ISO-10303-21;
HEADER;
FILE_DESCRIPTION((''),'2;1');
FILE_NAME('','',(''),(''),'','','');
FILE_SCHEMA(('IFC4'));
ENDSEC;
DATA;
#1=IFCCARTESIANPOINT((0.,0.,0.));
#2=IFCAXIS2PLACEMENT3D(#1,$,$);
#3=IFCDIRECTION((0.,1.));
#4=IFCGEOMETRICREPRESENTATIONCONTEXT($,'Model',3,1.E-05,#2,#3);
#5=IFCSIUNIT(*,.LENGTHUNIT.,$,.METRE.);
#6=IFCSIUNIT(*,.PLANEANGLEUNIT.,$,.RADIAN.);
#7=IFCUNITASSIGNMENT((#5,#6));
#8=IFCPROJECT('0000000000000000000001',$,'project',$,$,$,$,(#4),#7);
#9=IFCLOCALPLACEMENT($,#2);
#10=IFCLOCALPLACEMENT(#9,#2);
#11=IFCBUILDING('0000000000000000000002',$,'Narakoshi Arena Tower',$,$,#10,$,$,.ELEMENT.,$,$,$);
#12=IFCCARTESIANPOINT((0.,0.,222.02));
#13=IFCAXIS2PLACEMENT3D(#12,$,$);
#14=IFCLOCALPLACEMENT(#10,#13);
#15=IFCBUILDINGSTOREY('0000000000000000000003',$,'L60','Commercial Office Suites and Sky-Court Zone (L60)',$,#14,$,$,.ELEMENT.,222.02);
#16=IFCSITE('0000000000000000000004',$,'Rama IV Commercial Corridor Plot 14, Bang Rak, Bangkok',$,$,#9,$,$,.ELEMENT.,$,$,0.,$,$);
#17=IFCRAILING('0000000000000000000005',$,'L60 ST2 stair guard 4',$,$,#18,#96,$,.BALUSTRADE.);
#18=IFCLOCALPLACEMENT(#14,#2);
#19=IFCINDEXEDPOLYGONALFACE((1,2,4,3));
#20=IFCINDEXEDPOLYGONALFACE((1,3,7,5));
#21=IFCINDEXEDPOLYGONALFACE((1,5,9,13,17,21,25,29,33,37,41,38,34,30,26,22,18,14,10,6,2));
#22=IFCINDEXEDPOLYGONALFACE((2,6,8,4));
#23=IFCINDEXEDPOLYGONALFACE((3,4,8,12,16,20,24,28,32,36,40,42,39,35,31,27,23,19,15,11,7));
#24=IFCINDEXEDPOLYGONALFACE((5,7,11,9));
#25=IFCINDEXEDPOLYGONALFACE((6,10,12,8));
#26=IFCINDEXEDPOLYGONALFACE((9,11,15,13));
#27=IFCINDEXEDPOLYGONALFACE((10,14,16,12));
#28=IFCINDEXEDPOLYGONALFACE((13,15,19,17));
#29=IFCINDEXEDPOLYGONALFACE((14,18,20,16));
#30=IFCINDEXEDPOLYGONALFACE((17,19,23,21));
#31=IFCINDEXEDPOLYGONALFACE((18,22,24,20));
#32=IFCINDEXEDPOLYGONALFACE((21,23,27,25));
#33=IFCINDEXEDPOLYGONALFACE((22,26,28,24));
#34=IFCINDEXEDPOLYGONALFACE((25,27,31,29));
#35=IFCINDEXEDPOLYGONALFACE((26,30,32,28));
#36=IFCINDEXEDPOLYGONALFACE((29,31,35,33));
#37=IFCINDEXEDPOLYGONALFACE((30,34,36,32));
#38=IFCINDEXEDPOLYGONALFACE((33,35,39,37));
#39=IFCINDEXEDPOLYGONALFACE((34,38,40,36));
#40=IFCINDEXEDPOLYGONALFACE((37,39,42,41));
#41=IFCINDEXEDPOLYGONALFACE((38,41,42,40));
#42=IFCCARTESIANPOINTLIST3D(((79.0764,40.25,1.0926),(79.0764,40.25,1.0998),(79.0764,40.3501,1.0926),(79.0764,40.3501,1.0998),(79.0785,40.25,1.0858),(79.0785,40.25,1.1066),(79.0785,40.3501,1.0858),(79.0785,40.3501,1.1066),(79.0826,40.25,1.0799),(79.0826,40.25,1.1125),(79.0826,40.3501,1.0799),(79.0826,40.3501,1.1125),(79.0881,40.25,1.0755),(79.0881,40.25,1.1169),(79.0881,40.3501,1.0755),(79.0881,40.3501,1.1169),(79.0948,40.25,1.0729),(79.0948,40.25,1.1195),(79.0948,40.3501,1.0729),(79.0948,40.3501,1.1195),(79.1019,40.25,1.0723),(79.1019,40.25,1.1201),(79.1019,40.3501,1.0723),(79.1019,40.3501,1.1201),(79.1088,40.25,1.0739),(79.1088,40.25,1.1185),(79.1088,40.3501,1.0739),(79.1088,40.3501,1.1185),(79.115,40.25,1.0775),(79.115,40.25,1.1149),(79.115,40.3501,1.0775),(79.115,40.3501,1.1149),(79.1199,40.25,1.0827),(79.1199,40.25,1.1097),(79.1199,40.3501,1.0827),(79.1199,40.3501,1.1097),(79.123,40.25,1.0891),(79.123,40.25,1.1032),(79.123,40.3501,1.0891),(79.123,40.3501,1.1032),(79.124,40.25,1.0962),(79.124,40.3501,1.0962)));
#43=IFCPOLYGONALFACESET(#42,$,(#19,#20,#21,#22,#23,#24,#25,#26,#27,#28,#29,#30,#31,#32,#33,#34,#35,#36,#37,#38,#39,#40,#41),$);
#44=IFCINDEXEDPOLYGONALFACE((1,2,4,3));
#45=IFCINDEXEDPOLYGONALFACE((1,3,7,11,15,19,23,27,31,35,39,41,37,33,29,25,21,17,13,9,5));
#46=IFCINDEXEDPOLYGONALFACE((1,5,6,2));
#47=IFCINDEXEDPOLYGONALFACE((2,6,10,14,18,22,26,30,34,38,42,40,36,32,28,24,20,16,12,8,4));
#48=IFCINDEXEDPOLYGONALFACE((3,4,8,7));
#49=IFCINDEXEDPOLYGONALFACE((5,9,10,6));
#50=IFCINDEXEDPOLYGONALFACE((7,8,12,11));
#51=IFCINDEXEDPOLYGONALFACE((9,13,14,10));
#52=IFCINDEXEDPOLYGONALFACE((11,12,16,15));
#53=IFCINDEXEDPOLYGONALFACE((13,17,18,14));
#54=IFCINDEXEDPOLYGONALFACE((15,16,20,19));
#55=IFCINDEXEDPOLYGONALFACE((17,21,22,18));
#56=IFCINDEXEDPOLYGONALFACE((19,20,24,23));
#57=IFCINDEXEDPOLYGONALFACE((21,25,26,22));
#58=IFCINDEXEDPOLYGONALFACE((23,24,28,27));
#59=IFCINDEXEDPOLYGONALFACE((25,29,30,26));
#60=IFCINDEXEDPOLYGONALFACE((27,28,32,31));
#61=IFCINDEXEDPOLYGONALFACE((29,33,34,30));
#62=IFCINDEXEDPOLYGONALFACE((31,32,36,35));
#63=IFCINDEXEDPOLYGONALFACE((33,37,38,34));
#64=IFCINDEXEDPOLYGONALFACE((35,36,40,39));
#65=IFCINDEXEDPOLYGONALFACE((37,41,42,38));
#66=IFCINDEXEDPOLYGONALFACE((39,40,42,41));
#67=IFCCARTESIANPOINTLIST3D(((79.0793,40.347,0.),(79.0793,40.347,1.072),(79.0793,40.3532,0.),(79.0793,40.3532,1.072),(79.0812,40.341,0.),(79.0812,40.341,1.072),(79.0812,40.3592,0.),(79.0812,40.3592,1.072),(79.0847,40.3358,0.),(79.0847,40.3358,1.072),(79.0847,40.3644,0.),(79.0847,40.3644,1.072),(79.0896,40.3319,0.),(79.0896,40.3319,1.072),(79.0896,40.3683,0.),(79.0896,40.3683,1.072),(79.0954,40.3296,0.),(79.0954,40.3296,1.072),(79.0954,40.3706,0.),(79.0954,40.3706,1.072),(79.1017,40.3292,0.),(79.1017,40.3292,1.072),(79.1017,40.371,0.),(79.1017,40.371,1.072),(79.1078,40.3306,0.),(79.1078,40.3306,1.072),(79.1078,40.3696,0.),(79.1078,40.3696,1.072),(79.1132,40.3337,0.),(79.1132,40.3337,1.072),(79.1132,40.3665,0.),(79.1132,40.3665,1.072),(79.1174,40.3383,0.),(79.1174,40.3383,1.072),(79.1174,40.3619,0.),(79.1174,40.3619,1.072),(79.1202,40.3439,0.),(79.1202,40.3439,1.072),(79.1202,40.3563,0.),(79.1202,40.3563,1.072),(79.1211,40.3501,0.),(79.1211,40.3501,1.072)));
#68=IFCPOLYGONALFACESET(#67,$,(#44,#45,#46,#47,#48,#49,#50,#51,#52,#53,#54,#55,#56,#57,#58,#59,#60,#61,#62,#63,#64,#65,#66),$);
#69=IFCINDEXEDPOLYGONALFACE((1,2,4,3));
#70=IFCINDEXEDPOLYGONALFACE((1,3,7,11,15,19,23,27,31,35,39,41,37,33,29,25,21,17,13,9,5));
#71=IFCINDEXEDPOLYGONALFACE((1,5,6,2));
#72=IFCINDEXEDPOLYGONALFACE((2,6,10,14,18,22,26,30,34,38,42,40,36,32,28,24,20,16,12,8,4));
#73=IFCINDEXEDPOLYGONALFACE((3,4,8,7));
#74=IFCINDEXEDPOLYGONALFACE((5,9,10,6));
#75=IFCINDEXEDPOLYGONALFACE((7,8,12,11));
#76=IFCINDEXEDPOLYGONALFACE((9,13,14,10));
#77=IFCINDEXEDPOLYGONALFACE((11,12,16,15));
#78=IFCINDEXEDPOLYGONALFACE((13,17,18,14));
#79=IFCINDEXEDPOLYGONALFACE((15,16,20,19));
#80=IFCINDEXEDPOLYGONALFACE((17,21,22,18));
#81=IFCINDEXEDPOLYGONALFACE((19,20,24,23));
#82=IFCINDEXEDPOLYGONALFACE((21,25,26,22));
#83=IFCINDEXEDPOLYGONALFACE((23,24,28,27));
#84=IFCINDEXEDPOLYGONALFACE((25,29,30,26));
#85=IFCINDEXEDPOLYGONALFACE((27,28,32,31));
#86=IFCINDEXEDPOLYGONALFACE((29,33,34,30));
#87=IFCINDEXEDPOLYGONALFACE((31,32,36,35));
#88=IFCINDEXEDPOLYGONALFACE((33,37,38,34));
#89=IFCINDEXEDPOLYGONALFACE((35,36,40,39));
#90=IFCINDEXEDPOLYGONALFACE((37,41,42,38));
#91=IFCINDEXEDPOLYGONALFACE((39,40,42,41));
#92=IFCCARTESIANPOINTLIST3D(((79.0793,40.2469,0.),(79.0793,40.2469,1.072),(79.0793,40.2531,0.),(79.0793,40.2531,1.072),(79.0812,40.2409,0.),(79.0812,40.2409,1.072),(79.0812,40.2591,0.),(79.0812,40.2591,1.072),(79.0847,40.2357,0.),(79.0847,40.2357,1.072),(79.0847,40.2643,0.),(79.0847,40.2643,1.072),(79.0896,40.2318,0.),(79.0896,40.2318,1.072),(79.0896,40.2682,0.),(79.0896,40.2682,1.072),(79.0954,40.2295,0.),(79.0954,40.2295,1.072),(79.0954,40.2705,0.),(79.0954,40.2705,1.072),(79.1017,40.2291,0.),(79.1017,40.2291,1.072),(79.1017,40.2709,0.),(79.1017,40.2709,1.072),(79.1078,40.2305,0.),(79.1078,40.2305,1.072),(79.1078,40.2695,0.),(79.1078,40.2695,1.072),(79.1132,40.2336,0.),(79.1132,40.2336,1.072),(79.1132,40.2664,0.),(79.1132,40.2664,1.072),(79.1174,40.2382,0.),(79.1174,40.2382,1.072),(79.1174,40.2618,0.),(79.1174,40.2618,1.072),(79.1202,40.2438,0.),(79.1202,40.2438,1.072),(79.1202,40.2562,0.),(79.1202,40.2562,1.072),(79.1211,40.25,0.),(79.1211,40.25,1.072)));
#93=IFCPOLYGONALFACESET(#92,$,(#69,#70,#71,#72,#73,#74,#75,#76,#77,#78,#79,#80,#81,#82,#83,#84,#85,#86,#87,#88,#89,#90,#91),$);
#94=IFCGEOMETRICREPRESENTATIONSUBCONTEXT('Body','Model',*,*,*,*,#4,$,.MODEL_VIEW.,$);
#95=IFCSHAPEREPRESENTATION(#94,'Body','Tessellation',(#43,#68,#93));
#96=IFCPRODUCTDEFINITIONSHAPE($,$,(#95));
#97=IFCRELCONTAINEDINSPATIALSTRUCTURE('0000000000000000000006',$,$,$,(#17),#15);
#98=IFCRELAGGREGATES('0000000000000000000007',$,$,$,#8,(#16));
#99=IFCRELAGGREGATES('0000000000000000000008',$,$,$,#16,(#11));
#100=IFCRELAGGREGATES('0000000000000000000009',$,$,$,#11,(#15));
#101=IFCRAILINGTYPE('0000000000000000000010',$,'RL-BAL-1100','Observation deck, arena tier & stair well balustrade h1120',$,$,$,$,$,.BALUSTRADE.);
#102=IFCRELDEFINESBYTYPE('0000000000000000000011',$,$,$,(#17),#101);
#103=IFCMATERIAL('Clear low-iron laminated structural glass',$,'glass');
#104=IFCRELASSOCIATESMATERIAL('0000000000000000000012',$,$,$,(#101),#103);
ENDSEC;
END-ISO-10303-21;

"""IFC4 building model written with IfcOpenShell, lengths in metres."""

from ifc_helpers import new_model, si_unit, direction, frame, origin, origin_2d, place, context, subcontext, project, spatial, circle, extrude, material, type_object, element, save


model = new_model("IFC4")

# Units and contexts
model_context = context("Model", 3, precision=1e-05, world=origin(), true_north=direction((0.0, 1.0)))
body_context = subcontext(model_context, "Body", "Model", "MODEL_VIEW")
ifc_project = project(units=[si_unit("LENGTHUNIT", "METRE"), si_unit("PLANEANGLEUNIT", "RADIAN")], contexts=[model_context])

# Site, building, storey
site_placement = place(None, origin())
site = spatial("IfcSite", under=ifc_project, at=site_placement, Name="Rama IV Commercial Corridor Plot 14, Bang Rak, Bangkok", CompositionType="ELEMENT", RefElevation=0.0)
building_placement = place(site_placement, origin())
building = spatial("IfcBuilding", under=site, at=building_placement, Name="Narakoshi Arena Tower", CompositionType="ELEMENT")
storey_placement = place(building_placement, frame((0.0, 0.0, 222.02)))
storey = spatial("IfcBuildingStorey", under=building, at=storey_placement, Name="L60", Description="Commercial Office Suites and Sky-Court Zone (L60)", CompositionType="ELEMENT", Elevation=222.02)

# Railing
ifc_material_1 = material(Name="Clear low-iron laminated structural glass", Category="glass")
railing_type = type_object("IfcRailingType", Name="RL-BAL-1100", Description="Observation deck, arena tier & stair well balustrade h1120", PredefinedType="BALUSTRADE", material=ifc_material_1)
railing_1_placement = place(storey_placement, frame((79.1001, 40.3501, 0.0)))
element("IfcRailing", 1, at=railing_1_placement, inside=storey, type_object=railing_type, Name="L60 ST2 stair guard 4", PredefinedType="BALUSTRADE", context=body_context, shape_type="SweptSolid", body=[
    extrude(circle(Radius=0.0239, at=origin_2d()), frame((0.0, 0.0, 1.0962), z_axis=(0.0, -1.0, 0.0), x_axis=(1.0, 0.0, 0.0)), (0.0, 0.0, 1.0), 0.1001),
    extrude(circle(Radius=0.021, at=origin_2d()), origin(), (0.0, 0.0, 1.0), 1.072),
    extrude(circle(Radius=0.021, at=origin_2d()), frame((0.0, -0.1001, 0.0)), (0.0, 0.0, 1.0), 1.072),
])

save(model, "model.ifc")
